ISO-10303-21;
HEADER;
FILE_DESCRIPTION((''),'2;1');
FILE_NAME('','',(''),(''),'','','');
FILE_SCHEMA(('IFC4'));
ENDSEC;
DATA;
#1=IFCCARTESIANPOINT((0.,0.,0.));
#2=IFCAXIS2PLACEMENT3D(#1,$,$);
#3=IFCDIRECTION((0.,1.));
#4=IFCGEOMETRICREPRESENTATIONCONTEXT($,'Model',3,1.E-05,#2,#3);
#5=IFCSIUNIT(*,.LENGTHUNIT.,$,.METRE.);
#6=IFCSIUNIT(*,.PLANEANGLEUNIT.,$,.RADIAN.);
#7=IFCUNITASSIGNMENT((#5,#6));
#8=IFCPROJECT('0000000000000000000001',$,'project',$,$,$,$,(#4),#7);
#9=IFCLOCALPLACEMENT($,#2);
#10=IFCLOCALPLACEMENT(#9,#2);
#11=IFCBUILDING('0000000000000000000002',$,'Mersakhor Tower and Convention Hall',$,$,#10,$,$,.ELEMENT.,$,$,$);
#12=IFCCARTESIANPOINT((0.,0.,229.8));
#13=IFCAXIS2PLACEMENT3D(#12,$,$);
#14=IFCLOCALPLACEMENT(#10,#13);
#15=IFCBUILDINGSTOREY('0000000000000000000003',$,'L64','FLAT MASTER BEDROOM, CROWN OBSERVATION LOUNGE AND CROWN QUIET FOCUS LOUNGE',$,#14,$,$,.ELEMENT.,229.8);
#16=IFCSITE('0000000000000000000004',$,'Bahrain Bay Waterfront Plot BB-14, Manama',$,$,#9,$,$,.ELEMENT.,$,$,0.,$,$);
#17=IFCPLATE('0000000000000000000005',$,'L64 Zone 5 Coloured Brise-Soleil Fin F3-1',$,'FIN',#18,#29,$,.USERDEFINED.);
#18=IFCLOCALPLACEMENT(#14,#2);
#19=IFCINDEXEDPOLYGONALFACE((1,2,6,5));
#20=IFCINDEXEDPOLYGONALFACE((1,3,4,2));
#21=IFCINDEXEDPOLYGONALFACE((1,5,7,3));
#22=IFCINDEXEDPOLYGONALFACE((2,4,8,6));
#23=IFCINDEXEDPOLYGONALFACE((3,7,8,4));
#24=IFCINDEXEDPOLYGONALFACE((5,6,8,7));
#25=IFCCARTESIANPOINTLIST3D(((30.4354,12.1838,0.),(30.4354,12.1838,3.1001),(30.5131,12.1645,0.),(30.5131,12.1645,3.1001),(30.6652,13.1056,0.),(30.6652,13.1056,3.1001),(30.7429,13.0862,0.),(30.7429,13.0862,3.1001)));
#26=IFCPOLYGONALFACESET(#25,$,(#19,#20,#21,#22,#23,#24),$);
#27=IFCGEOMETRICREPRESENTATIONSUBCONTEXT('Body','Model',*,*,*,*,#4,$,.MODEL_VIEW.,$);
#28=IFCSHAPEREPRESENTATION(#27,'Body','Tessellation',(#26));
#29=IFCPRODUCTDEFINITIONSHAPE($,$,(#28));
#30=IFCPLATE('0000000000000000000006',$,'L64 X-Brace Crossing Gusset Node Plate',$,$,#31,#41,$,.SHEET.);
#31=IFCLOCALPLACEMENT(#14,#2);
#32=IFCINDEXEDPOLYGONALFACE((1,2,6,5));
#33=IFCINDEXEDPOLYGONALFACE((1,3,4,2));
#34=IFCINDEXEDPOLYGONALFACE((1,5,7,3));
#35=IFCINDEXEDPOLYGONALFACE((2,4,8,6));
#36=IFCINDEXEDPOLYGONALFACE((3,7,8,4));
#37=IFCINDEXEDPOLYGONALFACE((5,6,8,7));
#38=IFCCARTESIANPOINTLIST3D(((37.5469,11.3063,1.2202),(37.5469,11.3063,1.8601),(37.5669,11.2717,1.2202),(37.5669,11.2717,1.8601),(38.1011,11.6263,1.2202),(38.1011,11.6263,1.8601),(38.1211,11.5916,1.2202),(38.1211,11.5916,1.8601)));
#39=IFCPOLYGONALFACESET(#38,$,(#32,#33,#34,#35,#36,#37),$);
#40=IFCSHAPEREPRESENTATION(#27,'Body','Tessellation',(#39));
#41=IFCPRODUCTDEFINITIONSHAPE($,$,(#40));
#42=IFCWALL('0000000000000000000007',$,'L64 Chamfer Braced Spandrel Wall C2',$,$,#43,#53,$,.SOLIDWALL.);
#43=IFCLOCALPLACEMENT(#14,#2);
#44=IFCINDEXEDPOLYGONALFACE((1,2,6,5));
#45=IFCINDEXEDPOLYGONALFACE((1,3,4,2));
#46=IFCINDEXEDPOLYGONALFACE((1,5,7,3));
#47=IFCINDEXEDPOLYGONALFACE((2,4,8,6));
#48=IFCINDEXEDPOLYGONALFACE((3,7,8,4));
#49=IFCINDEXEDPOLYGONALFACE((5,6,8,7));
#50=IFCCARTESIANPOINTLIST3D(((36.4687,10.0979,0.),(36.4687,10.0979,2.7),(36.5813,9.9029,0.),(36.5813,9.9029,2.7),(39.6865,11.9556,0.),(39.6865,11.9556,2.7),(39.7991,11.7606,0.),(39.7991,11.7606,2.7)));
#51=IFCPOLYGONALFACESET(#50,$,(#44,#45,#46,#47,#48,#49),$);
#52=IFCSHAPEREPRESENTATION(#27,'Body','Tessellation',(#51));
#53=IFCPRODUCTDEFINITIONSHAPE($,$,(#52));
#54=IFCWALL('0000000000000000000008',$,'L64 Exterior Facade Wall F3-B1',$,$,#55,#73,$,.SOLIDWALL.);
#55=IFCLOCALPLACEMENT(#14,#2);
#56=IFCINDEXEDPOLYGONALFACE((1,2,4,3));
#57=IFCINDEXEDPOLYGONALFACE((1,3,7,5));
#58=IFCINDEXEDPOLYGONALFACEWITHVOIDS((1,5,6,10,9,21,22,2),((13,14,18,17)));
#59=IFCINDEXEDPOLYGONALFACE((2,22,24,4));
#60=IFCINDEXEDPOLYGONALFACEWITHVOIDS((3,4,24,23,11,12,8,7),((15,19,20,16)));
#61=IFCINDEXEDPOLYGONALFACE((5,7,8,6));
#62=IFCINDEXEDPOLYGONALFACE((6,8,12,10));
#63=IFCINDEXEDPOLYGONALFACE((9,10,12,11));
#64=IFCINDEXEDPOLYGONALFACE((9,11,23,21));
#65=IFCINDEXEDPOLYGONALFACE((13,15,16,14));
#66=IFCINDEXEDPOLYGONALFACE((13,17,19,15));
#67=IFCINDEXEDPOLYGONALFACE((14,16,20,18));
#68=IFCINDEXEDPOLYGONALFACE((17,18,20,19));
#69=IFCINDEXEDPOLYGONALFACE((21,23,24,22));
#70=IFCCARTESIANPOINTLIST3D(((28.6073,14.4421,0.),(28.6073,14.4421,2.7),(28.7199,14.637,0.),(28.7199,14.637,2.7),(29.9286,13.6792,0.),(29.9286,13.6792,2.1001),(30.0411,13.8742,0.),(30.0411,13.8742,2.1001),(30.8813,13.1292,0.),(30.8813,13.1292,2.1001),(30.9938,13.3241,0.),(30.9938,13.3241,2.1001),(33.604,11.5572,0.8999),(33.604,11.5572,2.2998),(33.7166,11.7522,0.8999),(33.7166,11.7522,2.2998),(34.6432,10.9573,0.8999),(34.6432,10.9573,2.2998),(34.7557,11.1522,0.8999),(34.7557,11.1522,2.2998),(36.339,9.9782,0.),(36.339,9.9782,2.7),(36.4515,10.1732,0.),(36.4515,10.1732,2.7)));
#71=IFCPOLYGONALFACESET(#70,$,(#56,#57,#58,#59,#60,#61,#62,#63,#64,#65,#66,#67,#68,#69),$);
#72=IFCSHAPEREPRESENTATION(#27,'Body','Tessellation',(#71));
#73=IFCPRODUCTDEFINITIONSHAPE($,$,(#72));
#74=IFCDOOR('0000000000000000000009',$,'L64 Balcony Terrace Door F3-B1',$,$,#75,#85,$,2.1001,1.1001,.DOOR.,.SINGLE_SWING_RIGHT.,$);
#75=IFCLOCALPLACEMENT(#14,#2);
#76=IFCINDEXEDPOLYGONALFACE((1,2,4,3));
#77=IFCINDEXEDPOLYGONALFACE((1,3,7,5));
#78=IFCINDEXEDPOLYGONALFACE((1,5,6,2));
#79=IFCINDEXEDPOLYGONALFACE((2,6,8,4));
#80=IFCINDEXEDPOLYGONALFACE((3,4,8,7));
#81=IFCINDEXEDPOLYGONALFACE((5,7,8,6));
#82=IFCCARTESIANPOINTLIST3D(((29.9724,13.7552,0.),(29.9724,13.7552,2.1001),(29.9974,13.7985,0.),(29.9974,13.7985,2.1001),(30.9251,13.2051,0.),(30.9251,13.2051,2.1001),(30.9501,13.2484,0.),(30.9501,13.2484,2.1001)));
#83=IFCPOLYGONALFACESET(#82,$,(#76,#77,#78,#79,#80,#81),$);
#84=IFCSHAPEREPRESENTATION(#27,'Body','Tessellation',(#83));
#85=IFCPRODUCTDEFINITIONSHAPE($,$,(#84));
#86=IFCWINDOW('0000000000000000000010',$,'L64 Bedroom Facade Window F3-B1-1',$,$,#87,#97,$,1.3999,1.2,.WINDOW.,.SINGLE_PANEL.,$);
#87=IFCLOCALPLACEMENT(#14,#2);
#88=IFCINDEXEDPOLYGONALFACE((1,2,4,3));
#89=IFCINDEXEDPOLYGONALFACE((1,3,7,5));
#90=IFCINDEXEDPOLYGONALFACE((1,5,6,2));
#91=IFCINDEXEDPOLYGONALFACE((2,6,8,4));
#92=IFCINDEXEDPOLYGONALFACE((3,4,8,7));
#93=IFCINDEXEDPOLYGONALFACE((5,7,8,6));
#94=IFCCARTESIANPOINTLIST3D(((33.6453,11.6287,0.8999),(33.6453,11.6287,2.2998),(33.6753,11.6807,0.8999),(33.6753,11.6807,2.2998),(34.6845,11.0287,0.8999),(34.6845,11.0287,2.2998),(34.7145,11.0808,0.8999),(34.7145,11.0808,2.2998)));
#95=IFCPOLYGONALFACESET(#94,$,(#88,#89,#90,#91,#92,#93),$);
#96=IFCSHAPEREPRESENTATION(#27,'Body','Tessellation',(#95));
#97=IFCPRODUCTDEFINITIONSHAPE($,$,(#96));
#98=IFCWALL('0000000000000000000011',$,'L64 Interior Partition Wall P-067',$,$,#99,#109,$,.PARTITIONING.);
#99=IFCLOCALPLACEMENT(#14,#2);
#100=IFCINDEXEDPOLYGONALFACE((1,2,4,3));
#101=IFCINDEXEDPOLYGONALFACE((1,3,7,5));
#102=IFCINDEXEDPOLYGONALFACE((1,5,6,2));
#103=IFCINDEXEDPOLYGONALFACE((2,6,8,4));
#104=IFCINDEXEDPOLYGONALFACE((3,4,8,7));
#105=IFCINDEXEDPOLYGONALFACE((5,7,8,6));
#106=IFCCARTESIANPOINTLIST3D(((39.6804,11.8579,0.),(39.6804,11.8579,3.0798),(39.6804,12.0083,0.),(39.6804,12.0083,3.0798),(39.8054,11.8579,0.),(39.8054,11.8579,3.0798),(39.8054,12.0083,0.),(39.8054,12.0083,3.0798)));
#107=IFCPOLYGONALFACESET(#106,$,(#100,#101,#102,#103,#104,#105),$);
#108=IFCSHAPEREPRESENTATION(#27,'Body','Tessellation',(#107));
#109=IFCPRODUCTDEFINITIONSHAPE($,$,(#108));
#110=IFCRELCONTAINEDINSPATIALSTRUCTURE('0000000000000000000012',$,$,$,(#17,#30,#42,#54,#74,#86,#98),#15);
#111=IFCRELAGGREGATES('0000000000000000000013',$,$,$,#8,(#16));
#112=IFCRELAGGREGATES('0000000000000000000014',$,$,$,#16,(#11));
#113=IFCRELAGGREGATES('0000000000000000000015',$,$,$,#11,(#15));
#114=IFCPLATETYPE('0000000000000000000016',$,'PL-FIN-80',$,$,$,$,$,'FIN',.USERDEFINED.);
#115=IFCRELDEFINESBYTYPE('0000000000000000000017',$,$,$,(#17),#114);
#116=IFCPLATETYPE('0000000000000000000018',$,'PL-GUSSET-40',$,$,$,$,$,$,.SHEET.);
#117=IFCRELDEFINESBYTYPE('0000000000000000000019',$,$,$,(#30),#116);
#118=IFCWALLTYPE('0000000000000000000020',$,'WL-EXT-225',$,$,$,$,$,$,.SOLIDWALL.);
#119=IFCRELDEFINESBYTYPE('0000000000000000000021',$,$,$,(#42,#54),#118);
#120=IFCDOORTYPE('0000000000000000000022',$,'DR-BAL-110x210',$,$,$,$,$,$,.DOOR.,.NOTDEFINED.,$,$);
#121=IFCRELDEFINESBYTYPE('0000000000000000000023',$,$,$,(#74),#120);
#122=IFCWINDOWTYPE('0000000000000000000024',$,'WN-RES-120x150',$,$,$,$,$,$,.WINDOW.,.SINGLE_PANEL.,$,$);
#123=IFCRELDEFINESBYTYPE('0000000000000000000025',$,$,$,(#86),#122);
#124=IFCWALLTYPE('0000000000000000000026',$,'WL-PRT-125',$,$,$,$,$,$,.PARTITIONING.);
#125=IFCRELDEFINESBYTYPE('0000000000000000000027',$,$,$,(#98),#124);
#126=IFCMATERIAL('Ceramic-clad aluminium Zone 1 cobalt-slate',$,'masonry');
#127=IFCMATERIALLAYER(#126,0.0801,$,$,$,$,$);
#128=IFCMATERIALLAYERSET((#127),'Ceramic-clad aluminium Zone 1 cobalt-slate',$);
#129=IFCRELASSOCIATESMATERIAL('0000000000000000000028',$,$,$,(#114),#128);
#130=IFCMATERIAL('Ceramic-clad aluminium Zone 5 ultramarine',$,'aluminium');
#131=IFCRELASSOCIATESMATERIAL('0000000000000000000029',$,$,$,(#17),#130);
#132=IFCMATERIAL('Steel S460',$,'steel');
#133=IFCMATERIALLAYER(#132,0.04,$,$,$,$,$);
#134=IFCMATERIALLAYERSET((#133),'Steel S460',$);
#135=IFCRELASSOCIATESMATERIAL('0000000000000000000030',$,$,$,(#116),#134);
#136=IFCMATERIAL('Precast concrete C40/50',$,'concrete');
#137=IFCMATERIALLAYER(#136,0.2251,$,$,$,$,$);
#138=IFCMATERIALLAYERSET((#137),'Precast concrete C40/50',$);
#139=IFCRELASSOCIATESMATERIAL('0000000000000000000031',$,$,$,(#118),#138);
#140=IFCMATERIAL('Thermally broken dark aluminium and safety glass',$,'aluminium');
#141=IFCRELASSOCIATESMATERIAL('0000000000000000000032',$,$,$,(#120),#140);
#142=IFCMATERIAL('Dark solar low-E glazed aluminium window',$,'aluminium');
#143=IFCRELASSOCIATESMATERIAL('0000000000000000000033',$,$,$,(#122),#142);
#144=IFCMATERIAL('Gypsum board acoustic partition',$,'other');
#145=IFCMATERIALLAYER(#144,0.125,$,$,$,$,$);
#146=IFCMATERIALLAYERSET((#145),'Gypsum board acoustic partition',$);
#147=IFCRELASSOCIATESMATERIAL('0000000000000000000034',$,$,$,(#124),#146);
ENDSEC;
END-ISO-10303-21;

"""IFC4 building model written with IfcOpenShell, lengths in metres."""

from ifc_helpers import new_model, si_unit, direction, frame, frame_2d, origin, origin_2d, place, context, subcontext, project, spatial, rectangle, extrude, material, layer, layer_set, type_object, element, fill, save


model = new_model("IFC4")

# Units and contexts
model_context = context("Model", 3, precision=1e-05, world=origin(), true_north=direction((0.0, 1.0)))
body_context = subcontext(model_context, "Body", "Model", "MODEL_VIEW")
ifc_project = project(units=[si_unit("LENGTHUNIT", "METRE"), si_unit("PLANEANGLEUNIT", "RADIAN")], contexts=[model_context])

# Site, building, storey
site_placement = place(None, origin())
site = spatial("IfcSite", under=ifc_project, at=site_placement, Name="Bahrain Bay Waterfront Plot BB-14, Manama", CompositionType="ELEMENT", RefElevation=0.0)
building_placement = place(site_placement, origin())
building = spatial("IfcBuilding", under=site, at=building_placement, Name="Mersakhor Tower and Convention Hall", CompositionType="ELEMENT")
storey_placement = place(building_placement, frame((0.0, 0.0, 229.8)))
storey = spatial("IfcBuildingStorey", under=building, at=storey_placement, Name="L64", Description="FLAT MASTER BEDROOM, CROWN OBSERVATION LOUNGE AND CROWN QUIET FOCUS LOUNGE", CompositionType="ELEMENT", Elevation=229.8)

# Plates
ifc_material_1 = material(Name="Ceramic-clad aluminium Zone 5 ultramarine", Category="aluminium")
ifc_material_2 = material(Name="Ceramic-clad aluminium Zone 1 cobalt-slate", Category="masonry")
ifc_layer_1 = layer(ifc_material_2, 0.0801)
ifc_layer_set_1 = layer_set([ifc_layer_1], Name="Ceramic-clad aluminium Zone 1 cobalt-slate")
plate_type_1 = type_object("IfcPlateType", Name="PL-FIN-80", ElementType="FIN", PredefinedType="USERDEFINED", material=ifc_layer_set_1)
plate_1_placement = place(storey_placement, frame((30.5891, 12.635, 0.0), z_axis=(0.0, 0.0, 1.0), x_axis=(-0.241922, -0.970296, 0.0)))
element("IfcPlate", 1, at=plate_1_placement, inside=storey, type_object=plate_type_1, material=ifc_material_1, Name="L64 Zone 5 Coloured Brise-Soleil Fin F3-1", ObjectType="FIN", PredefinedType="USERDEFINED", context=body_context, shape_type="SweptSolid", body=[
    extrude(rectangle(XDim=0.95, YDim=0.0801, at=origin_2d()), origin(), (0.0, 0.0, 1.0), 3.1001),
])
ifc_material_3 = material(Name="Steel S460", Category="steel")
ifc_layer_2 = layer(ifc_material_3, 0.04)
ifc_layer_set_2 = layer_set([ifc_layer_2], Name="Steel S460")
plate_type_2 = type_object("IfcPlateType", Name="PL-GUSSET-40", PredefinedType="SHEET", material=ifc_layer_set_2)
plate_2_placement = place(storey_placement, frame((37.834, 11.449, 1.2202), z_axis=(0.0, 0.0, 1.0), x_axis=(0.866025, 0.5, 0.0)))
element("IfcPlate", 2, at=plate_2_placement, inside=storey, type_object=plate_type_2, Name="L64 X-Brace Crossing Gusset Node Plate", PredefinedType="SHEET", context=body_context, shape_type="SweptSolid", body=[
    extrude(rectangle(XDim=0.6399, YDim=0.04, at=origin_2d()), origin(), (0.0, 0.0, 1.0), 0.6399),
])

# Wall
ifc_material_4 = material(Name="Precast concrete C40/50", Category="concrete")
ifc_layer_3 = layer(ifc_material_4, 0.2251)
ifc_layer_set_3 = layer_set([ifc_layer_3], Name="Precast concrete C40/50")
wall_type_1 = type_object("IfcWallType", Name="WL-EXT-225", PredefinedType="SOLIDWALL", material=ifc_layer_set_3)
wall_1_placement = place(storey_placement, frame((39.7429, 11.8582, 0.0), z_axis=(0.0, 0.0, 1.0), x_axis=(-0.866039, -0.499977, 0.0)))
element("IfcWall", 3, at=wall_1_placement, inside=storey, type_object=wall_type_1, Name="L64 Chamfer Braced Spandrel Wall C2", PredefinedType="SOLIDWALL", context=body_context, shape_type="SweptSolid", body=[
    extrude(rectangle(XDim=3.7156, YDim=0.2251, at=frame_2d((1.8579, 0.0))), origin(), (0.0, 0.0, 1.0), 2.7),
])

# Wall, openings, door, window
wall_2_placement = place(storey_placement, frame((36.3953, 10.0757, 0.0), z_axis=(0.0, 0.0, 1.0), x_axis=(-0.866027, 0.499998, 0.0)))
wall_2 = element("IfcWall", 4, at=wall_2_placement, inside=storey, type_object=wall_type_1, Name="L64 Exterior Facade Wall F3-B1", PredefinedType="SOLIDWALL", context=body_context, shape_type="SweptSolid", body=[
    extrude(rectangle(XDim=8.9277, YDim=0.2251, at=frame_2d((4.4639, 0.0))), origin(), (0.0, 0.0, 1.0), 2.7),
])
opening_1_placement = place(wall_2_placement, frame((6.302, 0.0, 0.0)))
opening_1 = element("IfcOpeningElement", 5, at=opening_1_placement, cuts=wall_2, PredefinedType="OPENING", context=body_context, shape_type="SweptSolid", body=[
    extrude(rectangle(XDim=1.1001, YDim=2.1001, at=frame_2d((0.55, 1.05))), frame((0.0, 0.1226, 0.0), z_axis=(0.0, -1.0, 0.0), x_axis=(1.0, 0.0, 0.0)), (0.0, 0.0, 1.0), 0.2451),
])
opening_2_placement = place(wall_2_placement, frame((1.958, 0.0, 0.8999)))
opening_2 = element("IfcOpeningElement", 6, at=opening_2_placement, cuts=wall_2, PredefinedType="OPENING", context=body_context, shape_type="SweptSolid", body=[
    extrude(rectangle(XDim=1.2, YDim=1.3999, at=frame_2d((0.6001, 0.7))), frame((0.0, 0.1226, 0.0), z_axis=(0.0, -1.0, 0.0), x_axis=(1.0, 0.0, 0.0)), (0.0, 0.0, 1.0), 0.2451),
])
ifc_material_5 = material(Name="Thermally broken dark aluminium and safety glass", Category="aluminium")
door_type = type_object("IfcDoorType", Name="DR-BAL-110x210", OperationType="NOTDEFINED", PredefinedType="DOOR", material=ifc_material_5)
door_placement = place(opening_1_placement, origin())
door = element("IfcDoor", 7, at=door_placement, inside=storey, type_object=door_type, Name="L64 Balcony Terrace Door F3-B1", OperationType="SINGLE_SWING_RIGHT", OverallHeight=2.1001, OverallWidth=1.1001, PredefinedType="DOOR", context=body_context, shape_type="SweptSolid", body=[
    extrude(rectangle(XDim=1.1001, YDim=2.1001, at=frame_2d((0.55, 1.05))), frame((0.0, 0.0249, 0.0), z_axis=(0.0, -1.0, 0.0), x_axis=(1.0, 0.0, 0.0)), (0.0, 0.0, 1.0), 0.05),
])
fill(opening_1, door)
ifc_material_6 = material(Name="Dark solar low-E glazed aluminium window", Category="aluminium")
window_type = type_object("IfcWindowType", Name="WN-RES-120x150", PartitioningType="SINGLE_PANEL", PredefinedType="WINDOW", material=ifc_material_6)
window_placement = place(opening_2_placement, origin())
window = element("IfcWindow", 8, at=window_placement, inside=storey, type_object=window_type, Name="L64 Bedroom Facade Window F3-B1-1", OverallHeight=1.3999, OverallWidth=1.2, PartitioningType="SINGLE_PANEL", PredefinedType="WINDOW", context=body_context, shape_type="SweptSolid", body=[
    extrude(rectangle(XDim=1.2, YDim=1.3999, at=frame_2d((0.6001, 0.7))), frame((0.0, 0.03, 0.0), z_axis=(0.0, -1.0, 0.0), x_axis=(1.0, 0.0, 0.0)), (0.0, 0.0, 1.0), 0.0601),
])
fill(opening_2, window)

# Wall
ifc_material_7 = material(Name="Gypsum board acoustic partition", Category="other")
ifc_layer_4 = layer(ifc_material_7, 0.125)
ifc_layer_set_4 = layer_set([ifc_layer_4], Name="Gypsum board acoustic partition")
wall_type_2 = type_object("IfcWallType", Name="WL-PRT-125", PredefinedType="PARTITIONING", material=ifc_layer_set_4)
wall_3_placement = place(storey_placement, frame((39.7429, 12.0083, 0.0), z_axis=(0.0, 0.0, 1.0), x_axis=(0.0, -1.0, 0.0)))
element("IfcWall", 9, at=wall_3_placement, inside=storey, type_object=wall_type_2, Name="L64 Interior Partition Wall P-067", PredefinedType="PARTITIONING", context=body_context, shape_type="SweptSolid", body=[
    extrude(rectangle(XDim=0.1504, YDim=0.125, at=frame_2d((0.0752, 0.0))), origin(), (0.0, 0.0, 1.0), 3.0798),
])

save(model, "model.ifc")
